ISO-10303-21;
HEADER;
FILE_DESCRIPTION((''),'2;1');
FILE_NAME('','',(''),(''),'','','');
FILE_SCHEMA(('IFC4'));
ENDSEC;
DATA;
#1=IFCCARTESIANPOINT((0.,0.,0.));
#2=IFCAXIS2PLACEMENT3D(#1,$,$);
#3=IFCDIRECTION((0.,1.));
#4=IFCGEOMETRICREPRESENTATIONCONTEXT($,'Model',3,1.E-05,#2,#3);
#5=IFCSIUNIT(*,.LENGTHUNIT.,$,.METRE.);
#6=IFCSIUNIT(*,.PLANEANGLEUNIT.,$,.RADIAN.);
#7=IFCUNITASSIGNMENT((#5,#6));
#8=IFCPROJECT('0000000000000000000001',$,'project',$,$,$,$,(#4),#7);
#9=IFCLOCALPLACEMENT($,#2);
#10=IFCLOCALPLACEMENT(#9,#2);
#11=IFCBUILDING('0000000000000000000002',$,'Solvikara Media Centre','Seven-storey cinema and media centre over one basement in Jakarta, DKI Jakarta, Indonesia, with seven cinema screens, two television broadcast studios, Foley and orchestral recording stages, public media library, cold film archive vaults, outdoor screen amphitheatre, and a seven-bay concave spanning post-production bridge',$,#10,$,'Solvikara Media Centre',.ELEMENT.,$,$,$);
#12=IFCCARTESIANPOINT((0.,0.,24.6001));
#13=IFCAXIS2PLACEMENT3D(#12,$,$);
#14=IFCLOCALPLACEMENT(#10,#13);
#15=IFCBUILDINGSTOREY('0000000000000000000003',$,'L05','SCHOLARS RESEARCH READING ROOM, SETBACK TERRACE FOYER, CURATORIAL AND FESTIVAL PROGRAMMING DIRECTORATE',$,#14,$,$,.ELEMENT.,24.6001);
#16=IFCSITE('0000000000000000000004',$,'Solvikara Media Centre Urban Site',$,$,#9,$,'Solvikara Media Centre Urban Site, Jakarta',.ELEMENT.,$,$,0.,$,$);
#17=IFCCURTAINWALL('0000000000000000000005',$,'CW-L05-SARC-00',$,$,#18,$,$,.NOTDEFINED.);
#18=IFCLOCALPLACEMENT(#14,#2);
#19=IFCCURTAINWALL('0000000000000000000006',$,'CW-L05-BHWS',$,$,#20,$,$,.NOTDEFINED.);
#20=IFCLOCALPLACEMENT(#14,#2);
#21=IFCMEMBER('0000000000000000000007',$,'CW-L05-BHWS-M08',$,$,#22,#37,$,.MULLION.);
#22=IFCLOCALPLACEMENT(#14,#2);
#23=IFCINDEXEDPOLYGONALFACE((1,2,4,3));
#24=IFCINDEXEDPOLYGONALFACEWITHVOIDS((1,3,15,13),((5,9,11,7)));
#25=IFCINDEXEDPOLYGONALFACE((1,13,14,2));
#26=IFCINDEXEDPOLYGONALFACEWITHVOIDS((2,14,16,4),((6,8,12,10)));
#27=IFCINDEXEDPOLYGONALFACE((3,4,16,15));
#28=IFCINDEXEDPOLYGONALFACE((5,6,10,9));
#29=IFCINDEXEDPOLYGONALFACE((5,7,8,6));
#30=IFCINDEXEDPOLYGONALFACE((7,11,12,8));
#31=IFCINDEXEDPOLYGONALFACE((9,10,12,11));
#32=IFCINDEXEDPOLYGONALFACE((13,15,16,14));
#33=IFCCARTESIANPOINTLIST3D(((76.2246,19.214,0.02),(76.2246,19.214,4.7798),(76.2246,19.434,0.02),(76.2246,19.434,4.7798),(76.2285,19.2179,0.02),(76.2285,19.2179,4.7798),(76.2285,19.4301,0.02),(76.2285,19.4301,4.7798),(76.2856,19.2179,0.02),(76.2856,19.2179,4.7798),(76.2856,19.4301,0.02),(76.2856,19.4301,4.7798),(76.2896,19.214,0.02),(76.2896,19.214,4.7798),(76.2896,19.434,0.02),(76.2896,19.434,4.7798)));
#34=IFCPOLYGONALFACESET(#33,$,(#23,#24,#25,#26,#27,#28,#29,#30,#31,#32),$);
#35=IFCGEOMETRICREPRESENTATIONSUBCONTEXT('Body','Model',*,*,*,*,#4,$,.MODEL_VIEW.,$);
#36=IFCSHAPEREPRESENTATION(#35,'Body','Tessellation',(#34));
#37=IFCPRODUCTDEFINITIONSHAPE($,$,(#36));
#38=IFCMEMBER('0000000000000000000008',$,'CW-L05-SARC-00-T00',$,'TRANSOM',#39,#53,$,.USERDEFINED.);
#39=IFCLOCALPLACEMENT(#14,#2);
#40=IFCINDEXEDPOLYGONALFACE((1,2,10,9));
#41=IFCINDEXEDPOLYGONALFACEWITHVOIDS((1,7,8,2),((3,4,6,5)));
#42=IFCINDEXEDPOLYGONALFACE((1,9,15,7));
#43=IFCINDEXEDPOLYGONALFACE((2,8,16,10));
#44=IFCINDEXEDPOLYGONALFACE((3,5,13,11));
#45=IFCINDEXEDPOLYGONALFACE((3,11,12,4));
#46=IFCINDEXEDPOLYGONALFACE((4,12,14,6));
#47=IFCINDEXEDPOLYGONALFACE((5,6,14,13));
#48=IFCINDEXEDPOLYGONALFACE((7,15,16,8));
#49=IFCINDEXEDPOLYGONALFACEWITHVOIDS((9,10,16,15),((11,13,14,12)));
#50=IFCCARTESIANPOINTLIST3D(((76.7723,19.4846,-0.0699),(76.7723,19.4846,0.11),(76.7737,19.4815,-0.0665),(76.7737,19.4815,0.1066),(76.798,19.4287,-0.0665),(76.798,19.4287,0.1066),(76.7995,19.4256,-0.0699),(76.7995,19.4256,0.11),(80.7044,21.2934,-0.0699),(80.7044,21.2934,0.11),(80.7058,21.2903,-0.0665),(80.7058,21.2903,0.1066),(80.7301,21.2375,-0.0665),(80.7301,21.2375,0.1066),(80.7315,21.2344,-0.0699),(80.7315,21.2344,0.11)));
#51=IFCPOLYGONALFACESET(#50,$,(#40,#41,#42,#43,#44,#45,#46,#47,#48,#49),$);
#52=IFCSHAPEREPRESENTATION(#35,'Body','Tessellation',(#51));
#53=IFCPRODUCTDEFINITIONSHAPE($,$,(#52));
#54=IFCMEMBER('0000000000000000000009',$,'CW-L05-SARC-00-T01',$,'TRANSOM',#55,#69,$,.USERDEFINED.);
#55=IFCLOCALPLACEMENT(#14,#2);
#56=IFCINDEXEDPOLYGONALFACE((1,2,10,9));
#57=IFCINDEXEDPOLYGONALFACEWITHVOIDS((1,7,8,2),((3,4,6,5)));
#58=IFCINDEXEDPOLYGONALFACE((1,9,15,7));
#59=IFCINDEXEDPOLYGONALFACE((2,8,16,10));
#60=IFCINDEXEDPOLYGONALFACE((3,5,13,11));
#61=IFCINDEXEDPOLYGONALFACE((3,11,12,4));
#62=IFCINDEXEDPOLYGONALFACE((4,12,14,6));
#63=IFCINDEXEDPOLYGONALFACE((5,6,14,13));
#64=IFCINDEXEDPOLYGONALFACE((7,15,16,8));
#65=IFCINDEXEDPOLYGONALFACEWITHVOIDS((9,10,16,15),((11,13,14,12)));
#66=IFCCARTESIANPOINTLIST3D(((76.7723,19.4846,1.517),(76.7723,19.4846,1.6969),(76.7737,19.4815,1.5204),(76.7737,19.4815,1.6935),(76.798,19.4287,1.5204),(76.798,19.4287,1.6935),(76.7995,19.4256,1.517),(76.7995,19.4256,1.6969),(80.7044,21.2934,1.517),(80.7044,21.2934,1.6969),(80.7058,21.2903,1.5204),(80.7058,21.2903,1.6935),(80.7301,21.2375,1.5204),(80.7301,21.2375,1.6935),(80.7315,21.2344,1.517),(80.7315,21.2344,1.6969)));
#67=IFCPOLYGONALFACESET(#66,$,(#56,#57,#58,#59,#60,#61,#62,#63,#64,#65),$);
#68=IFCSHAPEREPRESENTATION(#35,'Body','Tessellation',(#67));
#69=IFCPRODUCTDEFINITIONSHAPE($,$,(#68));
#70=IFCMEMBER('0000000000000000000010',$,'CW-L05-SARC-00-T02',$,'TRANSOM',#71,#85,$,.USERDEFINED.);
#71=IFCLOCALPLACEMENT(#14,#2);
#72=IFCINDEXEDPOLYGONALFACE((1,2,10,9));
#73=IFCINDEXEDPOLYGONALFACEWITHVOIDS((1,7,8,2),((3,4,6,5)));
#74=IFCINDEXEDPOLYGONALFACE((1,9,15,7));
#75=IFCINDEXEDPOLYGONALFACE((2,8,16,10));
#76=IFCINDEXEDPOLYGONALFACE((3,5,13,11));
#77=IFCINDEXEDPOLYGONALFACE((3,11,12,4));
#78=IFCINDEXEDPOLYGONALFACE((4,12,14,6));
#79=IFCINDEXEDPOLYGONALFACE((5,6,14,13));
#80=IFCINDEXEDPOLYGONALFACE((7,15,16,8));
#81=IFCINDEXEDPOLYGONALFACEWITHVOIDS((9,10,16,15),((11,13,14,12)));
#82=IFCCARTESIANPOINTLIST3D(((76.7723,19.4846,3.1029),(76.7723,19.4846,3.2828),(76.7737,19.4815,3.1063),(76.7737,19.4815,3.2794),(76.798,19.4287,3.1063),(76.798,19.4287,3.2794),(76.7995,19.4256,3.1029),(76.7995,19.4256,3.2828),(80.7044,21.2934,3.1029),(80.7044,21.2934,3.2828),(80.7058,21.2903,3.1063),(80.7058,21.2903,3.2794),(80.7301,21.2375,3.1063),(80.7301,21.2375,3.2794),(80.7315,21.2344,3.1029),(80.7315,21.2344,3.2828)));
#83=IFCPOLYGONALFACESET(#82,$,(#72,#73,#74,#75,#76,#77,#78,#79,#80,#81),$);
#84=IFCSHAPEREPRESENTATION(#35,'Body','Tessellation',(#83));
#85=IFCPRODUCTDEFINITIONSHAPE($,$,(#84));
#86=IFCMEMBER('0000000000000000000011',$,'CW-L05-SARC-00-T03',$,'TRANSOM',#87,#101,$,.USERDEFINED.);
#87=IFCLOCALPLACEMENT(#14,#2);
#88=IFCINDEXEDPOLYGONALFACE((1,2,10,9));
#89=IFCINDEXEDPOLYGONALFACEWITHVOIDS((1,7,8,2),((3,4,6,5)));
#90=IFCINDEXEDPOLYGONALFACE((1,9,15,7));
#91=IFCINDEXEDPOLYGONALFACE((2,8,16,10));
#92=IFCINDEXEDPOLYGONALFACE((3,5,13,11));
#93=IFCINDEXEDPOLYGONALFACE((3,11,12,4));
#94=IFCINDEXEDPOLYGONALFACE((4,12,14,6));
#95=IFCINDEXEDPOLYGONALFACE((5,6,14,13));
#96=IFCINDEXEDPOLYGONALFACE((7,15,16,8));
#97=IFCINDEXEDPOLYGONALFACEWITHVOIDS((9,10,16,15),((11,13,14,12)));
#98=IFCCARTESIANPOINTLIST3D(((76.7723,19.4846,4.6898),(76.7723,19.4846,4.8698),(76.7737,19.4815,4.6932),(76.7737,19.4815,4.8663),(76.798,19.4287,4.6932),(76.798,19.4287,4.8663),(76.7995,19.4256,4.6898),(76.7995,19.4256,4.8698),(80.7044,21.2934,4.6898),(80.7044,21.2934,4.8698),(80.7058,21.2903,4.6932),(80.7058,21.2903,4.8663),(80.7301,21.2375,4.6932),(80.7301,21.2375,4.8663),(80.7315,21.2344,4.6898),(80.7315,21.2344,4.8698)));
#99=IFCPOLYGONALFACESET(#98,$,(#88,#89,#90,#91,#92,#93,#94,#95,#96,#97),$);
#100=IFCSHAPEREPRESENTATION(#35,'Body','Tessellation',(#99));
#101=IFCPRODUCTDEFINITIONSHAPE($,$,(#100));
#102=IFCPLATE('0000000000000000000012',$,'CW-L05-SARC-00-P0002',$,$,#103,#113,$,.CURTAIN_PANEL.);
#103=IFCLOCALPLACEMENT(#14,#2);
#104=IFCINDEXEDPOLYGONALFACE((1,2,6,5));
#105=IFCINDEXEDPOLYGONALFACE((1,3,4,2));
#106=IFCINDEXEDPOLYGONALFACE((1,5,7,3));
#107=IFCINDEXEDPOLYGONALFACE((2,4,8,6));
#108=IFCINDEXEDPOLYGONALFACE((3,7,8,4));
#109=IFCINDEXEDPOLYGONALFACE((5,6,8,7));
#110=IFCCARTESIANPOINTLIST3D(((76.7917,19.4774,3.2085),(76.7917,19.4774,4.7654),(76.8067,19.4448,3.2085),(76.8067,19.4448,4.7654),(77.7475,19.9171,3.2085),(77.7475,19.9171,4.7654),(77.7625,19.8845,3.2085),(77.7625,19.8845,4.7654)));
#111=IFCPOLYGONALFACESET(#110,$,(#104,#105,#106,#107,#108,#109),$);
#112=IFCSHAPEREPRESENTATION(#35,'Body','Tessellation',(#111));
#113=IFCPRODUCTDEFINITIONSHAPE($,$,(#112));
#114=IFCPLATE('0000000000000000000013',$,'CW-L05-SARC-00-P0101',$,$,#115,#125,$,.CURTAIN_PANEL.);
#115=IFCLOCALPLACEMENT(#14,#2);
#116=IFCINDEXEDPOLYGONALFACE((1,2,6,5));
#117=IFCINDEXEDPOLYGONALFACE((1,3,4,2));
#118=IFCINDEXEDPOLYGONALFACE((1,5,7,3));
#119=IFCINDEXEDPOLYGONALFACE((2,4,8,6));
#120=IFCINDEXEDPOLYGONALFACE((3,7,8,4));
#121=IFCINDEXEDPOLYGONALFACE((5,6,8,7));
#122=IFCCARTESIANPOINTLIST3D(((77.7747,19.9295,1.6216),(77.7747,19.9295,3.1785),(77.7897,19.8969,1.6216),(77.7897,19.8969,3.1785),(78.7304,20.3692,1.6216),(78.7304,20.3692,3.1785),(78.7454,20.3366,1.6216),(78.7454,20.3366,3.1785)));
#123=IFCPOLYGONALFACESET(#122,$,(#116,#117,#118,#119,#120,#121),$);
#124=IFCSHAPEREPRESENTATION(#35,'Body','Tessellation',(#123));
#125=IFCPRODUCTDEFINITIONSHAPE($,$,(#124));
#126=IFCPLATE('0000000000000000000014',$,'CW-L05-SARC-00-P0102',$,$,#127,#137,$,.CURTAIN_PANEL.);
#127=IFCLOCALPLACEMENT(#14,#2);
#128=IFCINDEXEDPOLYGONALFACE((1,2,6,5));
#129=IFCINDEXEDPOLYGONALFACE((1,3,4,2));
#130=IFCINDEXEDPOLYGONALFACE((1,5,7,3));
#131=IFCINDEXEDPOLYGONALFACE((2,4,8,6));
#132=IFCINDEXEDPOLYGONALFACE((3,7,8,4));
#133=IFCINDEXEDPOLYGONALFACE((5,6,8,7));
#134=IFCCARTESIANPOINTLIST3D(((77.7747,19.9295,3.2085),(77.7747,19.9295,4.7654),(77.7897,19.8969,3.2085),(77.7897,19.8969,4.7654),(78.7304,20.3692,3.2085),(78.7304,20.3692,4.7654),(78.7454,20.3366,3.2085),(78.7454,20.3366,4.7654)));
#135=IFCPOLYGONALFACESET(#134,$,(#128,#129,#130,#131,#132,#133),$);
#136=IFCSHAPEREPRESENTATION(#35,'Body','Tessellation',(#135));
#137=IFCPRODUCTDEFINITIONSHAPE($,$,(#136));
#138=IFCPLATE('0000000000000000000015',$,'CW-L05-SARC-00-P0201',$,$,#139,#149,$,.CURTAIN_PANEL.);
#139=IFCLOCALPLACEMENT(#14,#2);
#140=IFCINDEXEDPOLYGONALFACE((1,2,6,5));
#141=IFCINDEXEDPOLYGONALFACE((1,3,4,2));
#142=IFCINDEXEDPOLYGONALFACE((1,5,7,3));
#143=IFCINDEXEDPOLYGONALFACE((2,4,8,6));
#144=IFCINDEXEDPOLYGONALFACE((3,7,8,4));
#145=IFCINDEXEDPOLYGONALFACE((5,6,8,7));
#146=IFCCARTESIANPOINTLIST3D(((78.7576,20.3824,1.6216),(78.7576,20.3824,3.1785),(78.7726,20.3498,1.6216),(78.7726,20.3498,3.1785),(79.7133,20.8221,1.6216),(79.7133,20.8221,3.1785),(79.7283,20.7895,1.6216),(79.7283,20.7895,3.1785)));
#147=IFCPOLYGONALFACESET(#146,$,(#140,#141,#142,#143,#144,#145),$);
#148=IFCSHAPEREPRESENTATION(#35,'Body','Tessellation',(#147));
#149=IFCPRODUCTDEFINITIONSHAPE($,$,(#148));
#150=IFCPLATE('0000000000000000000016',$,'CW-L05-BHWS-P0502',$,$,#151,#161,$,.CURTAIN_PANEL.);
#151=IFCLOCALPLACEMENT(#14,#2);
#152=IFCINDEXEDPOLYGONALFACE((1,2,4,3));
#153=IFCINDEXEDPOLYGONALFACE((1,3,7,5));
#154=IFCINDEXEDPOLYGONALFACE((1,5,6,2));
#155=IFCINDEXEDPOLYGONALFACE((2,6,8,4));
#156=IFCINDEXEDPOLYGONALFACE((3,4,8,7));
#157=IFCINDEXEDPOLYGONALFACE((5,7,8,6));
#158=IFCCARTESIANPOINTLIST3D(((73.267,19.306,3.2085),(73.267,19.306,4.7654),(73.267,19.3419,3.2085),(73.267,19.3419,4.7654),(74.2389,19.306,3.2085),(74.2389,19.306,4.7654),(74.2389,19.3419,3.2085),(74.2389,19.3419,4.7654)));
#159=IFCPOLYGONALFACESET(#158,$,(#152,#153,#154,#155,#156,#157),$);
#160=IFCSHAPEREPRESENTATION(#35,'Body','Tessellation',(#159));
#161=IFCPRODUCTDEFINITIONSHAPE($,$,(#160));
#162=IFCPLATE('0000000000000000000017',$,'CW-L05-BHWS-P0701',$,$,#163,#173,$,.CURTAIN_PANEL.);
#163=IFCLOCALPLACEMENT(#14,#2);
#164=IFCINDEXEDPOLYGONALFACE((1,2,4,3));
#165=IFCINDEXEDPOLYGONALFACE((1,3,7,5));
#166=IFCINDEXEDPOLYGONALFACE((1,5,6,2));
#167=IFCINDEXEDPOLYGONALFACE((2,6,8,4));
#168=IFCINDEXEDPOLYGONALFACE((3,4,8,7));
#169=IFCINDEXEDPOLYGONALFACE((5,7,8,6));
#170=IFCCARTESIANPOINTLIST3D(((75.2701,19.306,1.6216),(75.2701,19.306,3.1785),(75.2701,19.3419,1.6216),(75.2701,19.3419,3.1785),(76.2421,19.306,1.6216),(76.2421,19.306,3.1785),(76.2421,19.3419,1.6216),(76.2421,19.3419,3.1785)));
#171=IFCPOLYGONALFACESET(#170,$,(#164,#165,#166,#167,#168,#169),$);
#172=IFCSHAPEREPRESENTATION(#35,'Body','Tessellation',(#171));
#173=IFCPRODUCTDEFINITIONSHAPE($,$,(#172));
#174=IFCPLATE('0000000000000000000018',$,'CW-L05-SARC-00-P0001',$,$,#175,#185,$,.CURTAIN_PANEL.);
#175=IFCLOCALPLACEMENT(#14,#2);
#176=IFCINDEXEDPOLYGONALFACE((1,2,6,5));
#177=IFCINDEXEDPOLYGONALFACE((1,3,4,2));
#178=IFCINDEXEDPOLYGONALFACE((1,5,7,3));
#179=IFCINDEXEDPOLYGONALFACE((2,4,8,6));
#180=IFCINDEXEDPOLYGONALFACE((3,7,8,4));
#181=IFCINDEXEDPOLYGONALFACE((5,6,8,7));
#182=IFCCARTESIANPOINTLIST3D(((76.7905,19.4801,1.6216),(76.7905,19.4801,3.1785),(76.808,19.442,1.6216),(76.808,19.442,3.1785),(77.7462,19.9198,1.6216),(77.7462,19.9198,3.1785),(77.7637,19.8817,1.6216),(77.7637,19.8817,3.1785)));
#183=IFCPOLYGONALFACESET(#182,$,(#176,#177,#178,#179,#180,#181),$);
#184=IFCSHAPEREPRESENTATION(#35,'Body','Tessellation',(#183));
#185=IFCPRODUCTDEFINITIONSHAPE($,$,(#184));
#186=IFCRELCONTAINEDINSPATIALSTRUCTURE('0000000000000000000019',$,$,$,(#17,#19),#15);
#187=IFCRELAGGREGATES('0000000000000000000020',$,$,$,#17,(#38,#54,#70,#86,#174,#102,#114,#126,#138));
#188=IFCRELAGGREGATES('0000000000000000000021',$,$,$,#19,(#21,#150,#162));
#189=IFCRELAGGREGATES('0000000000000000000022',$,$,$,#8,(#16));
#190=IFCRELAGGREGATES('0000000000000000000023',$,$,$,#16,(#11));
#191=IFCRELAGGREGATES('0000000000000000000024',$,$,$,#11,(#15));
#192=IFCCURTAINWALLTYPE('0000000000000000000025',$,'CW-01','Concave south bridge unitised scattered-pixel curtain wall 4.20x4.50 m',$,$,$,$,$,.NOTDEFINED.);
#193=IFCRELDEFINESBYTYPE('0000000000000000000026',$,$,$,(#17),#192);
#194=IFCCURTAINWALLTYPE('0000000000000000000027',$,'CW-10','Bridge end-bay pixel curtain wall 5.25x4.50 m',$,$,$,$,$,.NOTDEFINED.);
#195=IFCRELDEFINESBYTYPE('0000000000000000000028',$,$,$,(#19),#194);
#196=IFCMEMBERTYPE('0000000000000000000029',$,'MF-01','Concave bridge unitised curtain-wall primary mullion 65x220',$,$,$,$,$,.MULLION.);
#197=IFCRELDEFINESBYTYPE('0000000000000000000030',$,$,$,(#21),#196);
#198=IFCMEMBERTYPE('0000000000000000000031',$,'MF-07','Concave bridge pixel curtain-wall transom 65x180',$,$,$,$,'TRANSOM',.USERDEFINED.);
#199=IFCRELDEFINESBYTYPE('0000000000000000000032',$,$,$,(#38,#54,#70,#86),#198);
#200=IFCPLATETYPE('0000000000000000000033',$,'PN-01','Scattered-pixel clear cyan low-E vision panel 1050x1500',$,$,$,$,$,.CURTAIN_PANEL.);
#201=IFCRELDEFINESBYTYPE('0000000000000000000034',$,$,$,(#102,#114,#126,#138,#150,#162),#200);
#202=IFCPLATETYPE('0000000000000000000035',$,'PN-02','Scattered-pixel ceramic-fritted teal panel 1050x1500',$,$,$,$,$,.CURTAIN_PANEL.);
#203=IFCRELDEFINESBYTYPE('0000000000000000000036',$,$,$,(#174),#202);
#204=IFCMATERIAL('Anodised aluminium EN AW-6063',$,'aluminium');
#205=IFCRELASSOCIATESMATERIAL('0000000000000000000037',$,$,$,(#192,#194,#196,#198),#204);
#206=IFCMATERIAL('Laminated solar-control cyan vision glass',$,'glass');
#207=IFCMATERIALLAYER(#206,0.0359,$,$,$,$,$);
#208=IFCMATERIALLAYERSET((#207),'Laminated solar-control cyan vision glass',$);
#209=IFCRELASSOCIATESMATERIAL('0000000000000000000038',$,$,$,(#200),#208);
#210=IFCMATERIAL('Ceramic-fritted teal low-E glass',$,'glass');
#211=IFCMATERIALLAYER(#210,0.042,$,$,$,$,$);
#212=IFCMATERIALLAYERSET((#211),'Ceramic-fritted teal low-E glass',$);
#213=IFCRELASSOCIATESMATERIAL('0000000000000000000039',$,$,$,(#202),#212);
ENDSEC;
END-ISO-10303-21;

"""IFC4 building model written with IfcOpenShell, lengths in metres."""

from ifc_helpers import new_model, si_unit, direction, frame, origin, origin_2d, place, context, subcontext, project, spatial, rectangle, hollow_rectangle, extrude, material, layer, layer_set, material_profile, profile_set, type_object, element, aggregate, save


model = new_model("IFC4")

# Units and contexts
model_context = context("Model", 3, precision=1e-05, world=origin(), true_north=direction((0.0, 1.0)))
body_context = subcontext(model_context, "Body", "Model", "MODEL_VIEW")
ifc_project = project(units=[si_unit("LENGTHUNIT", "METRE"), si_unit("PLANEANGLEUNIT", "RADIAN")], contexts=[model_context])

# Site, building, storey
site_placement = place(None, origin())
site = spatial("IfcSite", under=ifc_project, at=site_placement, Name="Solvikara Media Centre Urban Site", LongName="Solvikara Media Centre Urban Site, Jakarta", CompositionType="ELEMENT", RefElevation=0.0)
building_placement = place(site_placement, origin())
building = spatial("IfcBuilding", under=site, at=building_placement, Name="Solvikara Media Centre", Description="Seven-storey cinema and media centre over one basement in Jakarta, DKI Jakarta, Indonesia, with seven cinema screens, two television broadcast studios, Foley and orchestral recording stages, public media library, cold film archive vaults, outdoor screen amphitheatre, and a seven-bay concave spanning post-production bridge", LongName="Solvikara Media Centre", CompositionType="ELEMENT")
storey_placement = place(building_placement, frame((0.0, 0.0, 24.6001)))
storey = spatial("IfcBuildingStorey", under=building, at=storey_placement, Name="L05", Description="SCHOLARS RESEARCH READING ROOM, SETBACK TERRACE FOYER, CURATORIAL AND FESTIVAL PROGRAMMING DIRECTORATE", CompositionType="ELEMENT", Elevation=24.6001)

# Curtain walls, member
ifc_material_1 = material(Name="Anodised aluminium EN AW-6063", Category="aluminium")
curtain_wall_type_1 = type_object("IfcCurtainWallType", Name="CW-01", Description="Concave south bridge unitised scattered-pixel curtain wall 4.20x4.50 m", PredefinedType="NOTDEFINED", material=ifc_material_1)
curtain_wall_1_placement = place(storey_placement, origin())
curtain_wall_1 = element("IfcCurtainWall", 1, at=curtain_wall_1_placement, inside=storey, type_object=curtain_wall_type_1, Name="CW-L05-SARC-00", PredefinedType="NOTDEFINED")
ifc_material_profile_1 = material_profile(ifc_material_1, hollow_rectangle(XDim=0.0649, YDim=0.22, WallThickness=0.0039, at=origin_2d()), Name="ALU-M 65x220x4")
ifc_profile_set_1 = profile_set([ifc_material_profile_1], Name="Anodised aluminium EN AW-6063")
member_type_1 = type_object("IfcMemberType", Name="MF-01", Description="Concave bridge unitised curtain-wall primary mullion 65x220", PredefinedType="MULLION", material=ifc_profile_set_1)
curtain_wall_type_2 = type_object("IfcCurtainWallType", Name="CW-10", Description="Bridge end-bay pixel curtain wall 5.25x4.50 m", PredefinedType="NOTDEFINED", material=ifc_material_1)
curtain_wall_2_placement = place(storey_placement, origin())
curtain_wall_2 = element("IfcCurtainWall", 2, at=curtain_wall_2_placement, inside=storey, type_object=curtain_wall_type_2, Name="CW-L05-BHWS", PredefinedType="NOTDEFINED")
member_1_placement = place(storey_placement, frame((76.2571, 19.324, 0.02), z_axis=(0.0, 0.0, 1.0), x_axis=(1.0, 0.0, 0.0)))
member_1 = element("IfcMember", 3, at=member_1_placement, type_object=member_type_1, Name="CW-L05-BHWS-M08", PredefinedType="MULLION", context=body_context, shape_type="SweptSolid", body=[
    extrude(hollow_rectangle(XDim=0.0649, YDim=0.22, WallThickness=0.0039, at=origin_2d()), origin(), (0.0, 0.0, 1.0), 4.7598),
])

# Members
ifc_material_profile_2 = material_profile(ifc_material_1, hollow_rectangle(XDim=0.0649, YDim=0.1799, WallThickness=0.0034, at=origin_2d()), Name="ALU-T 65x180x3.5")
ifc_profile_set_2 = profile_set([ifc_material_profile_2], Name="Anodised aluminium EN AW-6063")
member_type_2 = type_object("IfcMemberType", Name="MF-07", Description="Concave bridge pixel curtain-wall transom 65x180", ElementType="TRANSOM", PredefinedType="USERDEFINED", material=ifc_profile_set_2)
member_2_placement = place(storey_placement, frame((76.7859, 19.4551, 0.02), z_axis=(0.908485, 0.417917, 0.0), x_axis=(-0.417917, 0.908485, 0.0)))
member_2 = element("IfcMember", 4, at=member_2_placement, type_object=member_type_2, Name="CW-L05-SARC-00-T00", ObjectType="TRANSOM", PredefinedType="USERDEFINED", context=body_context, shape_type="SweptSolid", body=[
    extrude(hollow_rectangle(XDim=0.0649, YDim=0.1799, WallThickness=0.0034, at=origin_2d()), origin(), (0.0, 0.0, 1.0), 4.3281),
])
member_3_placement = place(storey_placement, frame((76.7859, 19.4551, 1.6069), z_axis=(0.908485, 0.417917, 0.0), x_axis=(-0.417917, 0.908485, 0.0)))
member_3 = element("IfcMember", 5, at=member_3_placement, type_object=member_type_2, Name="CW-L05-SARC-00-T01", ObjectType="TRANSOM", PredefinedType="USERDEFINED", context=body_context, shape_type="SweptSolid", body=[
    extrude(hollow_rectangle(XDim=0.0649, YDim=0.1799, WallThickness=0.0034, at=origin_2d()), origin(), (0.0, 0.0, 1.0), 4.3281),
])
member_4_placement = place(storey_placement, frame((76.7859, 19.4551, 3.1929), z_axis=(0.908485, 0.417917, 0.0), x_axis=(-0.417917, 0.908485, 0.0)))
member_4 = element("IfcMember", 6, at=member_4_placement, type_object=member_type_2, Name="CW-L05-SARC-00-T02", ObjectType="TRANSOM", PredefinedType="USERDEFINED", context=body_context, shape_type="SweptSolid", body=[
    extrude(hollow_rectangle(XDim=0.0649, YDim=0.1799, WallThickness=0.0034, at=origin_2d()), origin(), (0.0, 0.0, 1.0), 4.3281),
])
member_5_placement = place(storey_placement, frame((76.7859, 19.4551, 4.7798), z_axis=(0.908485, 0.417917, 0.0), x_axis=(-0.417917, 0.908485, 0.0)))
member_5 = element("IfcMember", 7, at=member_5_placement, type_object=member_type_2, Name="CW-L05-SARC-00-T03", ObjectType="TRANSOM", PredefinedType="USERDEFINED", context=body_context, shape_type="SweptSolid", body=[
    extrude(hollow_rectangle(XDim=0.0649, YDim=0.1799, WallThickness=0.0034, at=origin_2d()), origin(), (0.0, 0.0, 1.0), 4.3281),
])

# Plates
ifc_material_2 = material(Name="Laminated solar-control cyan vision glass", Category="glass")
ifc_layer_1 = layer(ifc_material_2, 0.0359)
ifc_layer_set_1 = layer_set([ifc_layer_1], Name="Laminated solar-control cyan vision glass")
plate_type_1 = type_object("IfcPlateType", Name="PN-01", Description="Scattered-pixel clear cyan low-E vision panel 1050x1500", PredefinedType="CURTAIN_PANEL", material=ifc_layer_set_1)
plate_1_placement = place(storey_placement, frame((77.2771, 19.6809, 3.2085), z_axis=(0.0, 0.0, 1.0), x_axis=(0.908464, 0.417962, 0.0)))
plate_1 = element("IfcPlate", 8, at=plate_1_placement, type_object=plate_type_1, Name="CW-L05-SARC-00-P0002", PredefinedType="CURTAIN_PANEL", context=body_context, shape_type="SweptSolid", body=[
    extrude(rectangle(XDim=1.052, YDim=0.0359, at=origin_2d()), origin(), (0.0, 0.0, 1.0), 1.5569),
])
plate_2_placement = place(storey_placement, frame((78.26, 20.1331, 1.6216), z_axis=(0.0, 0.0, 1.0), x_axis=(0.908464, 0.417962, 0.0)))
plate_2 = element("IfcPlate", 9, at=plate_2_placement, type_object=plate_type_1, Name="CW-L05-SARC-00-P0101", PredefinedType="CURTAIN_PANEL", context=body_context, shape_type="SweptSolid", body=[
    extrude(rectangle(XDim=1.052, YDim=0.0359, at=origin_2d()), origin(), (0.0, 0.0, 1.0), 1.5569),
])
plate_3_placement = place(storey_placement, frame((78.26, 20.1331, 3.2085), z_axis=(0.0, 0.0, 1.0), x_axis=(0.908464, 0.417962, 0.0)))
plate_3 = element("IfcPlate", 10, at=plate_3_placement, type_object=plate_type_1, Name="CW-L05-SARC-00-P0102", PredefinedType="CURTAIN_PANEL", context=body_context, shape_type="SweptSolid", body=[
    extrude(rectangle(XDim=1.052, YDim=0.0359, at=origin_2d()), origin(), (0.0, 0.0, 1.0), 1.5569),
])
plate_4_placement = place(storey_placement, frame((79.2429, 20.5859, 1.6216), z_axis=(0.0, 0.0, 1.0), x_axis=(0.908464, 0.417962, 0.0)))
plate_4 = element("IfcPlate", 11, at=plate_4_placement, type_object=plate_type_1, Name="CW-L05-SARC-00-P0201", PredefinedType="CURTAIN_PANEL", context=body_context, shape_type="SweptSolid", body=[
    extrude(rectangle(XDim=1.052, YDim=0.0359, at=origin_2d()), origin(), (0.0, 0.0, 1.0), 1.5569),
])
plate_5_placement = place(storey_placement, frame((73.7529, 19.324, 3.2085), z_axis=(0.0, 0.0, 1.0), x_axis=(1.0, 0.0, 0.0)))
plate_5 = element("IfcPlate", 12, at=plate_5_placement, type_object=plate_type_1, Name="CW-L05-BHWS-P0502", PredefinedType="CURTAIN_PANEL", context=body_context, shape_type="SweptSolid", body=[
    extrude(rectangle(XDim=0.9719, YDim=0.0359, at=origin_2d()), origin(), (0.0, 0.0, 1.0), 1.5569),
])
plate_6_placement = place(storey_placement, frame((75.7561, 19.324, 1.6216), z_axis=(0.0, 0.0, 1.0), x_axis=(1.0, 0.0, 0.0)))
plate_6 = element("IfcPlate", 13, at=plate_6_placement, type_object=plate_type_1, Name="CW-L05-BHWS-P0701", PredefinedType="CURTAIN_PANEL", context=body_context, shape_type="SweptSolid", body=[
    extrude(rectangle(XDim=0.9719, YDim=0.0359, at=origin_2d()), origin(), (0.0, 0.0, 1.0), 1.5569),
])
ifc_material_3 = material(Name="Ceramic-fritted teal low-E glass", Category="glass")
ifc_layer_2 = layer(ifc_material_3, 0.042)
ifc_layer_set_2 = layer_set([ifc_layer_2], Name="Ceramic-fritted teal low-E glass")
plate_type_2 = type_object("IfcPlateType", Name="PN-02", Description="Scattered-pixel ceramic-fritted teal panel 1050x1500", PredefinedType="CURTAIN_PANEL", material=ifc_layer_set_2)
plate_7_placement = place(storey_placement, frame((77.2771, 19.6809, 1.6216), z_axis=(0.0, 0.0, 1.0), x_axis=(0.908464, 0.417962, 0.0)))
plate_7 = element("IfcPlate", 14, at=plate_7_placement, type_object=plate_type_2, Name="CW-L05-SARC-00-P0001", PredefinedType="CURTAIN_PANEL", context=body_context, shape_type="SweptSolid", body=[
    extrude(rectangle(XDim=1.052, YDim=0.042, at=origin_2d()), origin(), (0.0, 0.0, 1.0), 1.5569),
])
aggregate(curtain_wall_1, [member_2, member_3, member_4, member_5, plate_7, plate_1, plate_2, plate_3, plate_4])
aggregate(curtain_wall_2, [member_1, plate_5, plate_6])

save(model, "model.ifc")
